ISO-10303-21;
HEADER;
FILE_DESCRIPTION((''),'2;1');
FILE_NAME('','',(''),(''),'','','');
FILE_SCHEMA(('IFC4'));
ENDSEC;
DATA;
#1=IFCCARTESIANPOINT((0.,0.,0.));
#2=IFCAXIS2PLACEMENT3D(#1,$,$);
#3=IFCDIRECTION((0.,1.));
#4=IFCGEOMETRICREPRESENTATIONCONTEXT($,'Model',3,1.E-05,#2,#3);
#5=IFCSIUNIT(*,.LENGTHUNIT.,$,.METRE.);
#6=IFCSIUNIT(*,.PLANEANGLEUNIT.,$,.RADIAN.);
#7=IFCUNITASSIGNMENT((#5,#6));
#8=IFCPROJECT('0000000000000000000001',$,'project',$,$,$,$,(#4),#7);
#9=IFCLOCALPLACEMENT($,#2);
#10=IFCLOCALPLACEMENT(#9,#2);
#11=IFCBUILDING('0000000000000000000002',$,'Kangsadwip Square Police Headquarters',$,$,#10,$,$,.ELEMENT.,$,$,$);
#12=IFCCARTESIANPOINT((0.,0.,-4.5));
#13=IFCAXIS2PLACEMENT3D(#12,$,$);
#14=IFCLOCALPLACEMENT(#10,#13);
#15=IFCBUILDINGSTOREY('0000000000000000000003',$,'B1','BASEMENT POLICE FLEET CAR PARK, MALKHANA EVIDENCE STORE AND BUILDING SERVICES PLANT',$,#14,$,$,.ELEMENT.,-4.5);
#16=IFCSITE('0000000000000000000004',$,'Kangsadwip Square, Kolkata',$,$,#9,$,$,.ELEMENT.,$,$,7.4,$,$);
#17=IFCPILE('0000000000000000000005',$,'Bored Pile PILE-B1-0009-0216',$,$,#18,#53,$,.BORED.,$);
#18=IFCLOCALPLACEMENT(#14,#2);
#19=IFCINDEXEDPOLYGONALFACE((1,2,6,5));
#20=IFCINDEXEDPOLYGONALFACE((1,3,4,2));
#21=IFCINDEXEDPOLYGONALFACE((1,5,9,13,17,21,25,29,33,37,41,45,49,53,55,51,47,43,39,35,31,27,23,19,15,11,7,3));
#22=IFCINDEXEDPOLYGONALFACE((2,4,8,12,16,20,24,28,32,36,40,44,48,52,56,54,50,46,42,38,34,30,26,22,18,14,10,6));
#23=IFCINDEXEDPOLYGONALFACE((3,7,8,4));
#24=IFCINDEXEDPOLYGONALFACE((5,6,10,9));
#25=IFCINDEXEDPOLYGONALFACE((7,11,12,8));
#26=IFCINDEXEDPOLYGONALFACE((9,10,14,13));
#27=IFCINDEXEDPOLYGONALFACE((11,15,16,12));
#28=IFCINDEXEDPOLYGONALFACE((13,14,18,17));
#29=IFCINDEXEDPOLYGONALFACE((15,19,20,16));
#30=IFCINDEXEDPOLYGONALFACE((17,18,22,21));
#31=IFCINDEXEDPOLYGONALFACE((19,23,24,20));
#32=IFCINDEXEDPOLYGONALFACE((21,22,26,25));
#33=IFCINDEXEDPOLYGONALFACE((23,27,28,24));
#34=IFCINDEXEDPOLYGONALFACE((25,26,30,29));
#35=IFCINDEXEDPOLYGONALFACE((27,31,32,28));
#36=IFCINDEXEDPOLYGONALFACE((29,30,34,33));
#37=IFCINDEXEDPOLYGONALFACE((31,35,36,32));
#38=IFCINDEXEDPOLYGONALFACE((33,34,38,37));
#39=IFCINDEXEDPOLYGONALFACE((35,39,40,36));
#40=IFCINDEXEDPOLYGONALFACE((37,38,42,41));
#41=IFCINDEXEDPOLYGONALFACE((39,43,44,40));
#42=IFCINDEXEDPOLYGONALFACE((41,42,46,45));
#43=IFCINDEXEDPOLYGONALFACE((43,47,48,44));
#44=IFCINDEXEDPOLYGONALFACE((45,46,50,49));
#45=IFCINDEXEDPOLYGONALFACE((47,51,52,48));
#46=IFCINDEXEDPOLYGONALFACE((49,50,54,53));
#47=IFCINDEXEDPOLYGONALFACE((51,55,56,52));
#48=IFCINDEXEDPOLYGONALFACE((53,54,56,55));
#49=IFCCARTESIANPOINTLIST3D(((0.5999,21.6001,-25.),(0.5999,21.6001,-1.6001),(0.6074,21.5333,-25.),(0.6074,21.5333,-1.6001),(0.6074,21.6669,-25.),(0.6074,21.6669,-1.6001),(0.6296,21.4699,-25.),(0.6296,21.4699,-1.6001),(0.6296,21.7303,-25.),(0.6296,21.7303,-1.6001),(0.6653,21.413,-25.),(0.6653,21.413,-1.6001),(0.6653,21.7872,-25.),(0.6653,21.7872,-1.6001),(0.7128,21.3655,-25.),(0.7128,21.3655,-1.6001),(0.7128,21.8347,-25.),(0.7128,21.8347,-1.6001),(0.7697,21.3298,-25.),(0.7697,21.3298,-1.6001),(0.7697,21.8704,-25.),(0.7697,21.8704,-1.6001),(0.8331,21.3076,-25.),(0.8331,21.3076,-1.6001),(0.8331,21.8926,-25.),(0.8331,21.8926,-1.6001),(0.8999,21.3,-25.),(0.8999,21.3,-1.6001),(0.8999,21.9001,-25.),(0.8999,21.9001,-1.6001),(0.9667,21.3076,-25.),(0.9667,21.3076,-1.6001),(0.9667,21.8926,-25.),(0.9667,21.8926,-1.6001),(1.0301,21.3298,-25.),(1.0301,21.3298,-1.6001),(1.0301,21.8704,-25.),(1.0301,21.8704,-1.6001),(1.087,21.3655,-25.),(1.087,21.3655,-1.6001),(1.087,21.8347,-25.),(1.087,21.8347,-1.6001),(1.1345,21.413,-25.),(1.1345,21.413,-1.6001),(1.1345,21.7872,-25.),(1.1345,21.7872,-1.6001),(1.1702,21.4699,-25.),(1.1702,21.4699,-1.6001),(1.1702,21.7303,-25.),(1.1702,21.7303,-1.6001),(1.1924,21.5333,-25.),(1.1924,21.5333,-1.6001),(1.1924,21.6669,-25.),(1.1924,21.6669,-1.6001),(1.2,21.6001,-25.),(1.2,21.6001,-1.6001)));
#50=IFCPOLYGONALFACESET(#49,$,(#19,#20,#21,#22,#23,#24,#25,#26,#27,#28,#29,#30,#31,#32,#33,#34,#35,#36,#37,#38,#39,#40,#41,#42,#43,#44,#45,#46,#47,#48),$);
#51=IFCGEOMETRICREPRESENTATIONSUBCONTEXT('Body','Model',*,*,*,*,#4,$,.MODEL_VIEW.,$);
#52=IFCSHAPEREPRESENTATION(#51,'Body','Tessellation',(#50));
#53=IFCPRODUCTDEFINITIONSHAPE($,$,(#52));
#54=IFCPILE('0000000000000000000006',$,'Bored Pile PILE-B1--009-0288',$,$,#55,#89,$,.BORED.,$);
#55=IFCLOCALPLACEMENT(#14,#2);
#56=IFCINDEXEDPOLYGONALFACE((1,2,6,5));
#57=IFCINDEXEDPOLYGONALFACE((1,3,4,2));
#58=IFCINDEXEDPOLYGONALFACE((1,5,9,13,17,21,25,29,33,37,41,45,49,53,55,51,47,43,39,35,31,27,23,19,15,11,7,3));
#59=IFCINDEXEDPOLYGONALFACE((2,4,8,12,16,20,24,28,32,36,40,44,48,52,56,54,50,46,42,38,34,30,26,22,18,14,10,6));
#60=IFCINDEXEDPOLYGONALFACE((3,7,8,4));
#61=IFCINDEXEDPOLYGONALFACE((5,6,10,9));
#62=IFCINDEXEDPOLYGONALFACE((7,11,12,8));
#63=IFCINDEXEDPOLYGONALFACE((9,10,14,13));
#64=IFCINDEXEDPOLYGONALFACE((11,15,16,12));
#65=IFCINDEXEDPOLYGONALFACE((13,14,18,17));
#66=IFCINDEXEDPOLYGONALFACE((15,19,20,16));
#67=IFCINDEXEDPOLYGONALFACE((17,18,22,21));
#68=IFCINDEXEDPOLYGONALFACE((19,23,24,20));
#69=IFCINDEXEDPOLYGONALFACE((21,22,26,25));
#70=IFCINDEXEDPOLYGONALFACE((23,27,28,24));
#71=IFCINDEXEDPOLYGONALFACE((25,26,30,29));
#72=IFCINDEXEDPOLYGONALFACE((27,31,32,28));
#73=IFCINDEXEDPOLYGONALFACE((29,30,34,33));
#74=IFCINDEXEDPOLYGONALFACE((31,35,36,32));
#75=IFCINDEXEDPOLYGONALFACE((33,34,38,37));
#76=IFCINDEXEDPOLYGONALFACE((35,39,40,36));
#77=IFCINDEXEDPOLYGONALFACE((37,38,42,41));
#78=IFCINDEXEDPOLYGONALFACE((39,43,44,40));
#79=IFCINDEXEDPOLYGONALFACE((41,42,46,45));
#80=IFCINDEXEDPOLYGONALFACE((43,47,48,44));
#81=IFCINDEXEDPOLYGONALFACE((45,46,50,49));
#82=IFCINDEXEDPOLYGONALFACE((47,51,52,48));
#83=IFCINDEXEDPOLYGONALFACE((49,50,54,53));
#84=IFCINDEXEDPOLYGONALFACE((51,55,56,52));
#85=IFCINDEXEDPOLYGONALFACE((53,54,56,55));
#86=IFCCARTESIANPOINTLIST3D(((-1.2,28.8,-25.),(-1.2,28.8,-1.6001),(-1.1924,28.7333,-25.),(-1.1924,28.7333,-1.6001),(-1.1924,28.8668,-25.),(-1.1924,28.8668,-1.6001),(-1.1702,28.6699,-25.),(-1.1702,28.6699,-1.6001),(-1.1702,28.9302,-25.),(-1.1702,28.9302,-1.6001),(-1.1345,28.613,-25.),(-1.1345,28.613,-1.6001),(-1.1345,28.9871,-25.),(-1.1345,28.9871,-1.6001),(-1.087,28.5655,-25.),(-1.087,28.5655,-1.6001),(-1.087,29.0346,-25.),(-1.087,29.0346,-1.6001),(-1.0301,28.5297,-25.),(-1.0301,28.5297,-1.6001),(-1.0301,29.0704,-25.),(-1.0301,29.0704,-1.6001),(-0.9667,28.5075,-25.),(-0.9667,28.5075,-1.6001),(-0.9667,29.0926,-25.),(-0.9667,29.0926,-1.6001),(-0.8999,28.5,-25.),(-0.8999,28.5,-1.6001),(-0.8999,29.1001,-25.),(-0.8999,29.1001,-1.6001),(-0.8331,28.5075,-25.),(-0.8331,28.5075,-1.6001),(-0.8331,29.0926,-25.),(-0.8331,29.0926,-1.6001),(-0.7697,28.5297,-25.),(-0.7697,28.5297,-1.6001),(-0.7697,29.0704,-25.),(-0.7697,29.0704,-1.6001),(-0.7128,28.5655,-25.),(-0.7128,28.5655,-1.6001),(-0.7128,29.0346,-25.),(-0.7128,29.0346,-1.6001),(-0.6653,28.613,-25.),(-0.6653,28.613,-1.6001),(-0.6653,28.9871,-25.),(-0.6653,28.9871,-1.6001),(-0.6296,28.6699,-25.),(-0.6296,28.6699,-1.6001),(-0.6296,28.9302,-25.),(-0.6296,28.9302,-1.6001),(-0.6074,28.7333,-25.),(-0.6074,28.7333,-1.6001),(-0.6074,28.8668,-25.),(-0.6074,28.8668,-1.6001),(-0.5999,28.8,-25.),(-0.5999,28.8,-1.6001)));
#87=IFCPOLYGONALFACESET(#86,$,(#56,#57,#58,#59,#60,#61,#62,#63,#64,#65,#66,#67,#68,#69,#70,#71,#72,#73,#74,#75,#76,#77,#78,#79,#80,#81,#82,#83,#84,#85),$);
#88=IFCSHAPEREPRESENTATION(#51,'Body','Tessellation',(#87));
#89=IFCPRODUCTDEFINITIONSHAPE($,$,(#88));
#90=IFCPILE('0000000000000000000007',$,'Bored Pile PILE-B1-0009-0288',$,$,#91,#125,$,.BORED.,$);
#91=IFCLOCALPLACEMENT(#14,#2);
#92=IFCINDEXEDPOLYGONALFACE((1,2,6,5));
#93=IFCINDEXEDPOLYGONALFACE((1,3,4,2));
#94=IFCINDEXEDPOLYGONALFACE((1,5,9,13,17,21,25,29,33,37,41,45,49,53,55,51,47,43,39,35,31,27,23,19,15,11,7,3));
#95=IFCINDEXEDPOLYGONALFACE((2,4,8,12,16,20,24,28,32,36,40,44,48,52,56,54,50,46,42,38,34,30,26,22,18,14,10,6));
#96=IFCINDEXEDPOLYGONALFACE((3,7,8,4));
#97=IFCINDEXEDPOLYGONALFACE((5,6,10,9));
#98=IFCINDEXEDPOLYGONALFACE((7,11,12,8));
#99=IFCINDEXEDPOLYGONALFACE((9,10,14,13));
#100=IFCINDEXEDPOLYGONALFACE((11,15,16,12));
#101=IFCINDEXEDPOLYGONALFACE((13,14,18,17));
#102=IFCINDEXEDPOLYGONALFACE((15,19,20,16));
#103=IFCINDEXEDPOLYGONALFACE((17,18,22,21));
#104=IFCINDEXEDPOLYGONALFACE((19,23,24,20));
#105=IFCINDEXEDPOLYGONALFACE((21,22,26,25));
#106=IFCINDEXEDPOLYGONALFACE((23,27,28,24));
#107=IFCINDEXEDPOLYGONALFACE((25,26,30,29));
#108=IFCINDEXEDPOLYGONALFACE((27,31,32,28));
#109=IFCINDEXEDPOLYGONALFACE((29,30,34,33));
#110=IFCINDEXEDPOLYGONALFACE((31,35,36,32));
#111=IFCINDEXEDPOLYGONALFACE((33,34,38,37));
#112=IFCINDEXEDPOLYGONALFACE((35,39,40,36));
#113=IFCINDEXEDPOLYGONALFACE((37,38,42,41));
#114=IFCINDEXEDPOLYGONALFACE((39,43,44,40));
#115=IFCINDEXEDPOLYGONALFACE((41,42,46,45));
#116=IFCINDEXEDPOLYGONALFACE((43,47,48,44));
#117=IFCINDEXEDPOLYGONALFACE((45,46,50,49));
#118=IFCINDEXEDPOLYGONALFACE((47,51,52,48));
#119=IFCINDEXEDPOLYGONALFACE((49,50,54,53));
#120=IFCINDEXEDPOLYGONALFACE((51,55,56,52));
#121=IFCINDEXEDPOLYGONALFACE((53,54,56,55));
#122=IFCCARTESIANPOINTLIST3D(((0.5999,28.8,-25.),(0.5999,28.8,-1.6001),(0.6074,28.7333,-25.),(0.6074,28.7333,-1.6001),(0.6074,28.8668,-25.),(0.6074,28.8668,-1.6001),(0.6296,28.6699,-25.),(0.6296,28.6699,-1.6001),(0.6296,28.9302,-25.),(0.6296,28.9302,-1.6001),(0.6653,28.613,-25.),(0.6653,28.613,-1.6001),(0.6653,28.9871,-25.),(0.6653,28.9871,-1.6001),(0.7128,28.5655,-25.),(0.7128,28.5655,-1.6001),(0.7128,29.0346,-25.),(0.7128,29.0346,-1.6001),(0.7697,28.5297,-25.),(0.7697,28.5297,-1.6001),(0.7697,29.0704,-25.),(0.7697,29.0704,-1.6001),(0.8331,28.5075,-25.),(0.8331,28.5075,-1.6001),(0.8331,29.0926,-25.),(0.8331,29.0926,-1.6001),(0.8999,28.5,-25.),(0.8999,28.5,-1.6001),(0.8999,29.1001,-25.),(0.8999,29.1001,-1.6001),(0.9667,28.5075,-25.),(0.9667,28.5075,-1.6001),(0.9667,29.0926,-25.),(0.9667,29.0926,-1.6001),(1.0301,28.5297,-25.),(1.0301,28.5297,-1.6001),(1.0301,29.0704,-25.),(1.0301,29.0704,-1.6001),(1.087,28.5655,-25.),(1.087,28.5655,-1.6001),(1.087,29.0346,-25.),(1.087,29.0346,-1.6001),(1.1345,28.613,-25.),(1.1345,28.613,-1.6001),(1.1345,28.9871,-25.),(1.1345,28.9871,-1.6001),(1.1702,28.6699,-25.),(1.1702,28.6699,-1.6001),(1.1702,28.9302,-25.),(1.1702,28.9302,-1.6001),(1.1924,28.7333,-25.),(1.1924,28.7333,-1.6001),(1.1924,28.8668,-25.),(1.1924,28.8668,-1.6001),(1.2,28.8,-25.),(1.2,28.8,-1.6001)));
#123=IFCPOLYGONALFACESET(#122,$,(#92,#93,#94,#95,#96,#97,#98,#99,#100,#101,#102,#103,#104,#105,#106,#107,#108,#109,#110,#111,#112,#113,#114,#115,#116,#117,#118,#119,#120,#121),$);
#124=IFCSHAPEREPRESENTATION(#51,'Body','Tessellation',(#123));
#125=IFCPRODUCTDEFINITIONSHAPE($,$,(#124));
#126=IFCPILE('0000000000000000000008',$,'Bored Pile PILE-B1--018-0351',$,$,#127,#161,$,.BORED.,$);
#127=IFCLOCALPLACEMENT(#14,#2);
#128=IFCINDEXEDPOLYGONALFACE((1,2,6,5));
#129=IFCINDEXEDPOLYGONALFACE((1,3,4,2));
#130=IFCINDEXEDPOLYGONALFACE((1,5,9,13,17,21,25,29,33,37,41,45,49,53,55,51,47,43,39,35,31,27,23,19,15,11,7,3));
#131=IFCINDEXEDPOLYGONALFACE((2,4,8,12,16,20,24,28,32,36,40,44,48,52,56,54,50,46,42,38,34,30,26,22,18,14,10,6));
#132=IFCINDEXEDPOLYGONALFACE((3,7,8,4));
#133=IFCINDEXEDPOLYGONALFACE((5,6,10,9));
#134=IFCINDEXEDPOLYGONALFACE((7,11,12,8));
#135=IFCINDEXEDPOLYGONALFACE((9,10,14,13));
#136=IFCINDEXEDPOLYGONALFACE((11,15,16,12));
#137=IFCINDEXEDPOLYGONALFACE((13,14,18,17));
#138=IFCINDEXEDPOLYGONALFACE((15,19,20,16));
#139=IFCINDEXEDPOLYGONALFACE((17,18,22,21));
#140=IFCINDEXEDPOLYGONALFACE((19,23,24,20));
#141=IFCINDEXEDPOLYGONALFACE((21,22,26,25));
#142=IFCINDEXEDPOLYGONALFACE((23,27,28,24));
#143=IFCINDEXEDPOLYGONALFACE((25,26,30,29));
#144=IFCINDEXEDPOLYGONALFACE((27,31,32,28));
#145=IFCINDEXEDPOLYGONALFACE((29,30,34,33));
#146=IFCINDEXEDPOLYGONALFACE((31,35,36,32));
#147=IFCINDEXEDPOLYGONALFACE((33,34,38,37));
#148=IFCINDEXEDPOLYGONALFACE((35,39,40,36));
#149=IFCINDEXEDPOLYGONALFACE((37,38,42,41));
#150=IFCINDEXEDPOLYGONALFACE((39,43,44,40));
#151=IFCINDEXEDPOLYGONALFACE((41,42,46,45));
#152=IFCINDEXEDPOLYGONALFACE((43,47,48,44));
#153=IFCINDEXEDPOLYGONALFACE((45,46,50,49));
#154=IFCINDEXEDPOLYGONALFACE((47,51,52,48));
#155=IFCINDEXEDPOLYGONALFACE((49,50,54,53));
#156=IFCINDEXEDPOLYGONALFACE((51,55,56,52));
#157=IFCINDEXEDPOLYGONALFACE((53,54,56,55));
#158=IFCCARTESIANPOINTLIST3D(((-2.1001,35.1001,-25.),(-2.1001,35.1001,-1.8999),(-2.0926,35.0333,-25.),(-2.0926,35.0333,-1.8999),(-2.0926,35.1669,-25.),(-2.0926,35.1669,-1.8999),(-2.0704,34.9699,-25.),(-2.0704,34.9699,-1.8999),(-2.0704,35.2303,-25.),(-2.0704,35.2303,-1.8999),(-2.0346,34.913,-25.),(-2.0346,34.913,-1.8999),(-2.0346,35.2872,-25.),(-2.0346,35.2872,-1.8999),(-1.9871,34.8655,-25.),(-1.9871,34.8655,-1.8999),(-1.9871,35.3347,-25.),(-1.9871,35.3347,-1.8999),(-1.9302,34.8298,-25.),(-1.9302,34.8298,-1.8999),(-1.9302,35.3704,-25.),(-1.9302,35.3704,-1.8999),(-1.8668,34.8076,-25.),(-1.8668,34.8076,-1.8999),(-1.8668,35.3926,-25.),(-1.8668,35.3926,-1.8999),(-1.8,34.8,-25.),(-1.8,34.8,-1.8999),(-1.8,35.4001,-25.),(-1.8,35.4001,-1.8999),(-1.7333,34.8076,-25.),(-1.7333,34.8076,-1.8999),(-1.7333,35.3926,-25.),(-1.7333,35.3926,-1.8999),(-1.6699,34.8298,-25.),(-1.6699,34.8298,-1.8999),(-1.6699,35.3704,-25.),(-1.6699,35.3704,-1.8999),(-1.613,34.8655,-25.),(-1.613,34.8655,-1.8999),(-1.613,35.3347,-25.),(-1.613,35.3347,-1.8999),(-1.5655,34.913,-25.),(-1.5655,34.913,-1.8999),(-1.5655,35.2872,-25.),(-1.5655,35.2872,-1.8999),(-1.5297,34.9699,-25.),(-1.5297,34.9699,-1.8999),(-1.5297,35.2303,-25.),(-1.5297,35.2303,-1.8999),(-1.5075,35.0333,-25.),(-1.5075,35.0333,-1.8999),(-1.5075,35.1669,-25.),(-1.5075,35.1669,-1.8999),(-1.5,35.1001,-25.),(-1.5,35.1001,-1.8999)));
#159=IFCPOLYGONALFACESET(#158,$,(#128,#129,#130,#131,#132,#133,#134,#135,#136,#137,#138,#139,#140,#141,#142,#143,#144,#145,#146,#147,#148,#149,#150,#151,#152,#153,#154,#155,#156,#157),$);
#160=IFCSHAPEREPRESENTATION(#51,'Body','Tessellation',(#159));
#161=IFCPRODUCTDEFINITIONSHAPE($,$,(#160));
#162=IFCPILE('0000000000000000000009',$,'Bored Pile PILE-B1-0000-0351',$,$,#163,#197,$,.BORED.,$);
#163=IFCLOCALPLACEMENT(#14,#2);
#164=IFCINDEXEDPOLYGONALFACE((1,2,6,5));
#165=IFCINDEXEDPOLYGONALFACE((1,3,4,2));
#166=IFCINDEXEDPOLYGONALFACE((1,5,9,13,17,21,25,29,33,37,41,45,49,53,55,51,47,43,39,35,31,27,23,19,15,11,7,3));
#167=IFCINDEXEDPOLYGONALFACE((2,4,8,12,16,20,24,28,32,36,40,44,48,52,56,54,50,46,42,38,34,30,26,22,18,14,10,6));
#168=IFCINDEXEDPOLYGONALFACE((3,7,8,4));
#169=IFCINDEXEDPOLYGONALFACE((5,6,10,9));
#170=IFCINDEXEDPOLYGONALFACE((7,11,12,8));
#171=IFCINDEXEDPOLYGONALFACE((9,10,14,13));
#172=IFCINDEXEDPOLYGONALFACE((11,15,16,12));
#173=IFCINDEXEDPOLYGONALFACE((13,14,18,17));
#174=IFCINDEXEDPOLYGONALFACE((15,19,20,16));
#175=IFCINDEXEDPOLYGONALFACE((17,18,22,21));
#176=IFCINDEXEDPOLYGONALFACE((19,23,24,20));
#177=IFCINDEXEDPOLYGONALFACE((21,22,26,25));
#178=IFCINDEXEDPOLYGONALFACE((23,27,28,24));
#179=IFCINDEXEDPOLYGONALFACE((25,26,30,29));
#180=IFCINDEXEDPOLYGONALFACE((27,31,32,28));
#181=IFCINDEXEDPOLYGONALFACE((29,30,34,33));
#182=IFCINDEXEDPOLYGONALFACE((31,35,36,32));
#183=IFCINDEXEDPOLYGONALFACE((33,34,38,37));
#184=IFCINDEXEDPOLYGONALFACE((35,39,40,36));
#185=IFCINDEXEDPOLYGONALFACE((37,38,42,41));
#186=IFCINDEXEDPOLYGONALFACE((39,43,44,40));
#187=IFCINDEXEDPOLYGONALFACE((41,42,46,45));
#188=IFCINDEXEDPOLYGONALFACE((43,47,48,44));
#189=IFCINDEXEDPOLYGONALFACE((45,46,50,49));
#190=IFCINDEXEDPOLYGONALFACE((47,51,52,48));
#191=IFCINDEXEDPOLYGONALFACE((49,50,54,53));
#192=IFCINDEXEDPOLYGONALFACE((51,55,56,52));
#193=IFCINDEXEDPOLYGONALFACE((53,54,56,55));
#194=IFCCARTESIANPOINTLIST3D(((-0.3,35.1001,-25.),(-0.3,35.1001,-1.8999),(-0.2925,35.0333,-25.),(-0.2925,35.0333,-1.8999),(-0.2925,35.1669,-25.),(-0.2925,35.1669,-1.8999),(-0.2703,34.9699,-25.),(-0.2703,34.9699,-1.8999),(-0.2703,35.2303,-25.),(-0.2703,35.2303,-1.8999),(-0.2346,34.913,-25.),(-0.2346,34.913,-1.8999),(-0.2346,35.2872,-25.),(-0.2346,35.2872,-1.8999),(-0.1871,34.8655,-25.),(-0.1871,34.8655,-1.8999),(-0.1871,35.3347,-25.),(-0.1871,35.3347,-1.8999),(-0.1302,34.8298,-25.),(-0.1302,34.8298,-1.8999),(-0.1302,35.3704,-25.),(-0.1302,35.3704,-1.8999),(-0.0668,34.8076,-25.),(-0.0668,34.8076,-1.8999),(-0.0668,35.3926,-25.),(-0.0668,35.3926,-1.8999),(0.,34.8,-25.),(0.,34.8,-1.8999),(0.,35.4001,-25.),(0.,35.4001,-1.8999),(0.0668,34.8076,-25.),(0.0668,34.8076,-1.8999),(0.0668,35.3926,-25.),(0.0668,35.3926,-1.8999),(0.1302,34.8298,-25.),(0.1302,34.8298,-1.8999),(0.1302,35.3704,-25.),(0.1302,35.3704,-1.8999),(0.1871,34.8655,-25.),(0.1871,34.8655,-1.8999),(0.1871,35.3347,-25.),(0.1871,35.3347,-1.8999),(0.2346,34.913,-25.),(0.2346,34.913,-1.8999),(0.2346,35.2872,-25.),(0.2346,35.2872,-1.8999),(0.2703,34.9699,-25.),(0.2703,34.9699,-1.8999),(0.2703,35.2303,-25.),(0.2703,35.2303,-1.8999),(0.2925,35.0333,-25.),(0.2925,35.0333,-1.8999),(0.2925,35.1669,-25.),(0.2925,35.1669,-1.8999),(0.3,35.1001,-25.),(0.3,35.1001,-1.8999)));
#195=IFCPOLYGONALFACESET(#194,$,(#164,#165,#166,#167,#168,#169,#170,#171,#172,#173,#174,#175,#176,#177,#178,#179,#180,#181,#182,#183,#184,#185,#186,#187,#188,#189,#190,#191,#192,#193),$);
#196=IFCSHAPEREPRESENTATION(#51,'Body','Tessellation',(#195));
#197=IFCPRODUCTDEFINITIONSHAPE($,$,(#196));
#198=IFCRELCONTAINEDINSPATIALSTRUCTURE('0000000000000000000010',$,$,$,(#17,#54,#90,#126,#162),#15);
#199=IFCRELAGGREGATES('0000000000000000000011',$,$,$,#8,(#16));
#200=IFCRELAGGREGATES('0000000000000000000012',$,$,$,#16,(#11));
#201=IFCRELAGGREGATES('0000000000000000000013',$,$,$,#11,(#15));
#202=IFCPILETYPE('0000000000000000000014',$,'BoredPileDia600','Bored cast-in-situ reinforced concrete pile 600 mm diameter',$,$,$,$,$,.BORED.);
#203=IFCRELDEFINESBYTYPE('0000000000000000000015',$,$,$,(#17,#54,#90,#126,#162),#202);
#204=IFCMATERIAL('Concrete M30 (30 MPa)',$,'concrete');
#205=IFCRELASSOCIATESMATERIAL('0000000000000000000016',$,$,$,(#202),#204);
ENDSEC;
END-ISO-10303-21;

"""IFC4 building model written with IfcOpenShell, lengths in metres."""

from ifc_helpers import new_model, si_unit, direction, frame, origin, origin_2d, place, context, subcontext, project, spatial, circle, extrude, material, material_profile, profile_set, type_object, element, save


model = new_model("IFC4")

# Units and contexts
model_context = context("Model", 3, precision=1e-05, world=origin(), true_north=direction((0.0, 1.0)))
body_context = subcontext(model_context, "Body", "Model", "MODEL_VIEW")
ifc_project = project(units=[si_unit("LENGTHUNIT", "METRE"), si_unit("PLANEANGLEUNIT", "RADIAN")], contexts=[model_context])

# Site, building, storey
site_placement = place(None, origin())
site = spatial("IfcSite", under=ifc_project, at=site_placement, Name="Kangsadwip Square, Kolkata", CompositionType="ELEMENT", RefElevation=7.4)
building_placement = place(site_placement, origin())
building = spatial("IfcBuilding", under=site, at=building_placement, Name="Kangsadwip Square Police Headquarters", CompositionType="ELEMENT")
storey_placement = place(building_placement, frame((0.0, 0.0, -4.5)))
storey = spatial("IfcBuildingStorey", under=building, at=storey_placement, Name="B1", Description="BASEMENT POLICE FLEET CAR PARK, MALKHANA EVIDENCE STORE AND BUILDING SERVICES PLANT", CompositionType="ELEMENT", Elevation=-4.5)

# Piles
ifc_material_1 = material(Name="Concrete M30 (30 MPa)", Category="concrete")
ifc_material_profile_1 = material_profile(ifc_material_1, circle(Radius=0.3, at=origin_2d()), Name="PILE DIA 600")
ifc_profile_set_1 = profile_set([ifc_material_profile_1], Name="Concrete M30 (30 MPa)")
pile_type = type_object("IfcPileType", Name="BoredPileDia600", Description="Bored cast-in-situ reinforced concrete pile 600 mm diameter", PredefinedType="BORED", material=ifc_profile_set_1)
for number, where, z_axis, x_axis, name in (
    (1, (0.8999, 21.6001, -1.6001), (0.0, 0.0, -1.0), (1.0, 0.0, 0.0), "Bored Pile PILE-B1-0009-0216"),
    (2, (-0.8999, 28.8, -1.6001), (0.0, 0.0, -1.0), (1.0, 0.0, 0.0), "Bored Pile PILE-B1--009-0288"),
    (3, (0.8999, 28.8, -1.6001), (0.0, 0.0, -1.0), (1.0, 0.0, 0.0), "Bored Pile PILE-B1-0009-0288"),
):
    element("IfcPile", number, at=place(storey_placement, frame(where, z_axis=z_axis, x_axis=x_axis)), inside=storey, type_object=pile_type, Name=name, PredefinedType="BORED", context=body_context, shape_type="SweptSolid", body=[
        extrude(circle(Radius=0.3, at=origin_2d()), origin(), (0.0, 0.0, 1.0), 23.3999),
    ])
for number, where, z_axis, x_axis, name in (
    (4, (-1.8, 35.1001, -1.8999), (0.0, 0.0, -1.0), (1.0, 0.0, 0.0), "Bored Pile PILE-B1--018-0351"),
    (5, (0.0, 35.1001, -1.8999), (0.0, 0.0, -1.0), (1.0, 0.0, 0.0), "Bored Pile PILE-B1-0000-0351"),
):
    element("IfcPile", number, at=place(storey_placement, frame(where, z_axis=z_axis, x_axis=x_axis)), inside=storey, type_object=pile_type, Name=name, PredefinedType="BORED", context=body_context, shape_type="SweptSolid", body=[
        extrude(circle(Radius=0.3, at=origin_2d()), origin(), (0.0, 0.0, 1.0), 23.1001),
    ])

save(model, "model.ifc")
